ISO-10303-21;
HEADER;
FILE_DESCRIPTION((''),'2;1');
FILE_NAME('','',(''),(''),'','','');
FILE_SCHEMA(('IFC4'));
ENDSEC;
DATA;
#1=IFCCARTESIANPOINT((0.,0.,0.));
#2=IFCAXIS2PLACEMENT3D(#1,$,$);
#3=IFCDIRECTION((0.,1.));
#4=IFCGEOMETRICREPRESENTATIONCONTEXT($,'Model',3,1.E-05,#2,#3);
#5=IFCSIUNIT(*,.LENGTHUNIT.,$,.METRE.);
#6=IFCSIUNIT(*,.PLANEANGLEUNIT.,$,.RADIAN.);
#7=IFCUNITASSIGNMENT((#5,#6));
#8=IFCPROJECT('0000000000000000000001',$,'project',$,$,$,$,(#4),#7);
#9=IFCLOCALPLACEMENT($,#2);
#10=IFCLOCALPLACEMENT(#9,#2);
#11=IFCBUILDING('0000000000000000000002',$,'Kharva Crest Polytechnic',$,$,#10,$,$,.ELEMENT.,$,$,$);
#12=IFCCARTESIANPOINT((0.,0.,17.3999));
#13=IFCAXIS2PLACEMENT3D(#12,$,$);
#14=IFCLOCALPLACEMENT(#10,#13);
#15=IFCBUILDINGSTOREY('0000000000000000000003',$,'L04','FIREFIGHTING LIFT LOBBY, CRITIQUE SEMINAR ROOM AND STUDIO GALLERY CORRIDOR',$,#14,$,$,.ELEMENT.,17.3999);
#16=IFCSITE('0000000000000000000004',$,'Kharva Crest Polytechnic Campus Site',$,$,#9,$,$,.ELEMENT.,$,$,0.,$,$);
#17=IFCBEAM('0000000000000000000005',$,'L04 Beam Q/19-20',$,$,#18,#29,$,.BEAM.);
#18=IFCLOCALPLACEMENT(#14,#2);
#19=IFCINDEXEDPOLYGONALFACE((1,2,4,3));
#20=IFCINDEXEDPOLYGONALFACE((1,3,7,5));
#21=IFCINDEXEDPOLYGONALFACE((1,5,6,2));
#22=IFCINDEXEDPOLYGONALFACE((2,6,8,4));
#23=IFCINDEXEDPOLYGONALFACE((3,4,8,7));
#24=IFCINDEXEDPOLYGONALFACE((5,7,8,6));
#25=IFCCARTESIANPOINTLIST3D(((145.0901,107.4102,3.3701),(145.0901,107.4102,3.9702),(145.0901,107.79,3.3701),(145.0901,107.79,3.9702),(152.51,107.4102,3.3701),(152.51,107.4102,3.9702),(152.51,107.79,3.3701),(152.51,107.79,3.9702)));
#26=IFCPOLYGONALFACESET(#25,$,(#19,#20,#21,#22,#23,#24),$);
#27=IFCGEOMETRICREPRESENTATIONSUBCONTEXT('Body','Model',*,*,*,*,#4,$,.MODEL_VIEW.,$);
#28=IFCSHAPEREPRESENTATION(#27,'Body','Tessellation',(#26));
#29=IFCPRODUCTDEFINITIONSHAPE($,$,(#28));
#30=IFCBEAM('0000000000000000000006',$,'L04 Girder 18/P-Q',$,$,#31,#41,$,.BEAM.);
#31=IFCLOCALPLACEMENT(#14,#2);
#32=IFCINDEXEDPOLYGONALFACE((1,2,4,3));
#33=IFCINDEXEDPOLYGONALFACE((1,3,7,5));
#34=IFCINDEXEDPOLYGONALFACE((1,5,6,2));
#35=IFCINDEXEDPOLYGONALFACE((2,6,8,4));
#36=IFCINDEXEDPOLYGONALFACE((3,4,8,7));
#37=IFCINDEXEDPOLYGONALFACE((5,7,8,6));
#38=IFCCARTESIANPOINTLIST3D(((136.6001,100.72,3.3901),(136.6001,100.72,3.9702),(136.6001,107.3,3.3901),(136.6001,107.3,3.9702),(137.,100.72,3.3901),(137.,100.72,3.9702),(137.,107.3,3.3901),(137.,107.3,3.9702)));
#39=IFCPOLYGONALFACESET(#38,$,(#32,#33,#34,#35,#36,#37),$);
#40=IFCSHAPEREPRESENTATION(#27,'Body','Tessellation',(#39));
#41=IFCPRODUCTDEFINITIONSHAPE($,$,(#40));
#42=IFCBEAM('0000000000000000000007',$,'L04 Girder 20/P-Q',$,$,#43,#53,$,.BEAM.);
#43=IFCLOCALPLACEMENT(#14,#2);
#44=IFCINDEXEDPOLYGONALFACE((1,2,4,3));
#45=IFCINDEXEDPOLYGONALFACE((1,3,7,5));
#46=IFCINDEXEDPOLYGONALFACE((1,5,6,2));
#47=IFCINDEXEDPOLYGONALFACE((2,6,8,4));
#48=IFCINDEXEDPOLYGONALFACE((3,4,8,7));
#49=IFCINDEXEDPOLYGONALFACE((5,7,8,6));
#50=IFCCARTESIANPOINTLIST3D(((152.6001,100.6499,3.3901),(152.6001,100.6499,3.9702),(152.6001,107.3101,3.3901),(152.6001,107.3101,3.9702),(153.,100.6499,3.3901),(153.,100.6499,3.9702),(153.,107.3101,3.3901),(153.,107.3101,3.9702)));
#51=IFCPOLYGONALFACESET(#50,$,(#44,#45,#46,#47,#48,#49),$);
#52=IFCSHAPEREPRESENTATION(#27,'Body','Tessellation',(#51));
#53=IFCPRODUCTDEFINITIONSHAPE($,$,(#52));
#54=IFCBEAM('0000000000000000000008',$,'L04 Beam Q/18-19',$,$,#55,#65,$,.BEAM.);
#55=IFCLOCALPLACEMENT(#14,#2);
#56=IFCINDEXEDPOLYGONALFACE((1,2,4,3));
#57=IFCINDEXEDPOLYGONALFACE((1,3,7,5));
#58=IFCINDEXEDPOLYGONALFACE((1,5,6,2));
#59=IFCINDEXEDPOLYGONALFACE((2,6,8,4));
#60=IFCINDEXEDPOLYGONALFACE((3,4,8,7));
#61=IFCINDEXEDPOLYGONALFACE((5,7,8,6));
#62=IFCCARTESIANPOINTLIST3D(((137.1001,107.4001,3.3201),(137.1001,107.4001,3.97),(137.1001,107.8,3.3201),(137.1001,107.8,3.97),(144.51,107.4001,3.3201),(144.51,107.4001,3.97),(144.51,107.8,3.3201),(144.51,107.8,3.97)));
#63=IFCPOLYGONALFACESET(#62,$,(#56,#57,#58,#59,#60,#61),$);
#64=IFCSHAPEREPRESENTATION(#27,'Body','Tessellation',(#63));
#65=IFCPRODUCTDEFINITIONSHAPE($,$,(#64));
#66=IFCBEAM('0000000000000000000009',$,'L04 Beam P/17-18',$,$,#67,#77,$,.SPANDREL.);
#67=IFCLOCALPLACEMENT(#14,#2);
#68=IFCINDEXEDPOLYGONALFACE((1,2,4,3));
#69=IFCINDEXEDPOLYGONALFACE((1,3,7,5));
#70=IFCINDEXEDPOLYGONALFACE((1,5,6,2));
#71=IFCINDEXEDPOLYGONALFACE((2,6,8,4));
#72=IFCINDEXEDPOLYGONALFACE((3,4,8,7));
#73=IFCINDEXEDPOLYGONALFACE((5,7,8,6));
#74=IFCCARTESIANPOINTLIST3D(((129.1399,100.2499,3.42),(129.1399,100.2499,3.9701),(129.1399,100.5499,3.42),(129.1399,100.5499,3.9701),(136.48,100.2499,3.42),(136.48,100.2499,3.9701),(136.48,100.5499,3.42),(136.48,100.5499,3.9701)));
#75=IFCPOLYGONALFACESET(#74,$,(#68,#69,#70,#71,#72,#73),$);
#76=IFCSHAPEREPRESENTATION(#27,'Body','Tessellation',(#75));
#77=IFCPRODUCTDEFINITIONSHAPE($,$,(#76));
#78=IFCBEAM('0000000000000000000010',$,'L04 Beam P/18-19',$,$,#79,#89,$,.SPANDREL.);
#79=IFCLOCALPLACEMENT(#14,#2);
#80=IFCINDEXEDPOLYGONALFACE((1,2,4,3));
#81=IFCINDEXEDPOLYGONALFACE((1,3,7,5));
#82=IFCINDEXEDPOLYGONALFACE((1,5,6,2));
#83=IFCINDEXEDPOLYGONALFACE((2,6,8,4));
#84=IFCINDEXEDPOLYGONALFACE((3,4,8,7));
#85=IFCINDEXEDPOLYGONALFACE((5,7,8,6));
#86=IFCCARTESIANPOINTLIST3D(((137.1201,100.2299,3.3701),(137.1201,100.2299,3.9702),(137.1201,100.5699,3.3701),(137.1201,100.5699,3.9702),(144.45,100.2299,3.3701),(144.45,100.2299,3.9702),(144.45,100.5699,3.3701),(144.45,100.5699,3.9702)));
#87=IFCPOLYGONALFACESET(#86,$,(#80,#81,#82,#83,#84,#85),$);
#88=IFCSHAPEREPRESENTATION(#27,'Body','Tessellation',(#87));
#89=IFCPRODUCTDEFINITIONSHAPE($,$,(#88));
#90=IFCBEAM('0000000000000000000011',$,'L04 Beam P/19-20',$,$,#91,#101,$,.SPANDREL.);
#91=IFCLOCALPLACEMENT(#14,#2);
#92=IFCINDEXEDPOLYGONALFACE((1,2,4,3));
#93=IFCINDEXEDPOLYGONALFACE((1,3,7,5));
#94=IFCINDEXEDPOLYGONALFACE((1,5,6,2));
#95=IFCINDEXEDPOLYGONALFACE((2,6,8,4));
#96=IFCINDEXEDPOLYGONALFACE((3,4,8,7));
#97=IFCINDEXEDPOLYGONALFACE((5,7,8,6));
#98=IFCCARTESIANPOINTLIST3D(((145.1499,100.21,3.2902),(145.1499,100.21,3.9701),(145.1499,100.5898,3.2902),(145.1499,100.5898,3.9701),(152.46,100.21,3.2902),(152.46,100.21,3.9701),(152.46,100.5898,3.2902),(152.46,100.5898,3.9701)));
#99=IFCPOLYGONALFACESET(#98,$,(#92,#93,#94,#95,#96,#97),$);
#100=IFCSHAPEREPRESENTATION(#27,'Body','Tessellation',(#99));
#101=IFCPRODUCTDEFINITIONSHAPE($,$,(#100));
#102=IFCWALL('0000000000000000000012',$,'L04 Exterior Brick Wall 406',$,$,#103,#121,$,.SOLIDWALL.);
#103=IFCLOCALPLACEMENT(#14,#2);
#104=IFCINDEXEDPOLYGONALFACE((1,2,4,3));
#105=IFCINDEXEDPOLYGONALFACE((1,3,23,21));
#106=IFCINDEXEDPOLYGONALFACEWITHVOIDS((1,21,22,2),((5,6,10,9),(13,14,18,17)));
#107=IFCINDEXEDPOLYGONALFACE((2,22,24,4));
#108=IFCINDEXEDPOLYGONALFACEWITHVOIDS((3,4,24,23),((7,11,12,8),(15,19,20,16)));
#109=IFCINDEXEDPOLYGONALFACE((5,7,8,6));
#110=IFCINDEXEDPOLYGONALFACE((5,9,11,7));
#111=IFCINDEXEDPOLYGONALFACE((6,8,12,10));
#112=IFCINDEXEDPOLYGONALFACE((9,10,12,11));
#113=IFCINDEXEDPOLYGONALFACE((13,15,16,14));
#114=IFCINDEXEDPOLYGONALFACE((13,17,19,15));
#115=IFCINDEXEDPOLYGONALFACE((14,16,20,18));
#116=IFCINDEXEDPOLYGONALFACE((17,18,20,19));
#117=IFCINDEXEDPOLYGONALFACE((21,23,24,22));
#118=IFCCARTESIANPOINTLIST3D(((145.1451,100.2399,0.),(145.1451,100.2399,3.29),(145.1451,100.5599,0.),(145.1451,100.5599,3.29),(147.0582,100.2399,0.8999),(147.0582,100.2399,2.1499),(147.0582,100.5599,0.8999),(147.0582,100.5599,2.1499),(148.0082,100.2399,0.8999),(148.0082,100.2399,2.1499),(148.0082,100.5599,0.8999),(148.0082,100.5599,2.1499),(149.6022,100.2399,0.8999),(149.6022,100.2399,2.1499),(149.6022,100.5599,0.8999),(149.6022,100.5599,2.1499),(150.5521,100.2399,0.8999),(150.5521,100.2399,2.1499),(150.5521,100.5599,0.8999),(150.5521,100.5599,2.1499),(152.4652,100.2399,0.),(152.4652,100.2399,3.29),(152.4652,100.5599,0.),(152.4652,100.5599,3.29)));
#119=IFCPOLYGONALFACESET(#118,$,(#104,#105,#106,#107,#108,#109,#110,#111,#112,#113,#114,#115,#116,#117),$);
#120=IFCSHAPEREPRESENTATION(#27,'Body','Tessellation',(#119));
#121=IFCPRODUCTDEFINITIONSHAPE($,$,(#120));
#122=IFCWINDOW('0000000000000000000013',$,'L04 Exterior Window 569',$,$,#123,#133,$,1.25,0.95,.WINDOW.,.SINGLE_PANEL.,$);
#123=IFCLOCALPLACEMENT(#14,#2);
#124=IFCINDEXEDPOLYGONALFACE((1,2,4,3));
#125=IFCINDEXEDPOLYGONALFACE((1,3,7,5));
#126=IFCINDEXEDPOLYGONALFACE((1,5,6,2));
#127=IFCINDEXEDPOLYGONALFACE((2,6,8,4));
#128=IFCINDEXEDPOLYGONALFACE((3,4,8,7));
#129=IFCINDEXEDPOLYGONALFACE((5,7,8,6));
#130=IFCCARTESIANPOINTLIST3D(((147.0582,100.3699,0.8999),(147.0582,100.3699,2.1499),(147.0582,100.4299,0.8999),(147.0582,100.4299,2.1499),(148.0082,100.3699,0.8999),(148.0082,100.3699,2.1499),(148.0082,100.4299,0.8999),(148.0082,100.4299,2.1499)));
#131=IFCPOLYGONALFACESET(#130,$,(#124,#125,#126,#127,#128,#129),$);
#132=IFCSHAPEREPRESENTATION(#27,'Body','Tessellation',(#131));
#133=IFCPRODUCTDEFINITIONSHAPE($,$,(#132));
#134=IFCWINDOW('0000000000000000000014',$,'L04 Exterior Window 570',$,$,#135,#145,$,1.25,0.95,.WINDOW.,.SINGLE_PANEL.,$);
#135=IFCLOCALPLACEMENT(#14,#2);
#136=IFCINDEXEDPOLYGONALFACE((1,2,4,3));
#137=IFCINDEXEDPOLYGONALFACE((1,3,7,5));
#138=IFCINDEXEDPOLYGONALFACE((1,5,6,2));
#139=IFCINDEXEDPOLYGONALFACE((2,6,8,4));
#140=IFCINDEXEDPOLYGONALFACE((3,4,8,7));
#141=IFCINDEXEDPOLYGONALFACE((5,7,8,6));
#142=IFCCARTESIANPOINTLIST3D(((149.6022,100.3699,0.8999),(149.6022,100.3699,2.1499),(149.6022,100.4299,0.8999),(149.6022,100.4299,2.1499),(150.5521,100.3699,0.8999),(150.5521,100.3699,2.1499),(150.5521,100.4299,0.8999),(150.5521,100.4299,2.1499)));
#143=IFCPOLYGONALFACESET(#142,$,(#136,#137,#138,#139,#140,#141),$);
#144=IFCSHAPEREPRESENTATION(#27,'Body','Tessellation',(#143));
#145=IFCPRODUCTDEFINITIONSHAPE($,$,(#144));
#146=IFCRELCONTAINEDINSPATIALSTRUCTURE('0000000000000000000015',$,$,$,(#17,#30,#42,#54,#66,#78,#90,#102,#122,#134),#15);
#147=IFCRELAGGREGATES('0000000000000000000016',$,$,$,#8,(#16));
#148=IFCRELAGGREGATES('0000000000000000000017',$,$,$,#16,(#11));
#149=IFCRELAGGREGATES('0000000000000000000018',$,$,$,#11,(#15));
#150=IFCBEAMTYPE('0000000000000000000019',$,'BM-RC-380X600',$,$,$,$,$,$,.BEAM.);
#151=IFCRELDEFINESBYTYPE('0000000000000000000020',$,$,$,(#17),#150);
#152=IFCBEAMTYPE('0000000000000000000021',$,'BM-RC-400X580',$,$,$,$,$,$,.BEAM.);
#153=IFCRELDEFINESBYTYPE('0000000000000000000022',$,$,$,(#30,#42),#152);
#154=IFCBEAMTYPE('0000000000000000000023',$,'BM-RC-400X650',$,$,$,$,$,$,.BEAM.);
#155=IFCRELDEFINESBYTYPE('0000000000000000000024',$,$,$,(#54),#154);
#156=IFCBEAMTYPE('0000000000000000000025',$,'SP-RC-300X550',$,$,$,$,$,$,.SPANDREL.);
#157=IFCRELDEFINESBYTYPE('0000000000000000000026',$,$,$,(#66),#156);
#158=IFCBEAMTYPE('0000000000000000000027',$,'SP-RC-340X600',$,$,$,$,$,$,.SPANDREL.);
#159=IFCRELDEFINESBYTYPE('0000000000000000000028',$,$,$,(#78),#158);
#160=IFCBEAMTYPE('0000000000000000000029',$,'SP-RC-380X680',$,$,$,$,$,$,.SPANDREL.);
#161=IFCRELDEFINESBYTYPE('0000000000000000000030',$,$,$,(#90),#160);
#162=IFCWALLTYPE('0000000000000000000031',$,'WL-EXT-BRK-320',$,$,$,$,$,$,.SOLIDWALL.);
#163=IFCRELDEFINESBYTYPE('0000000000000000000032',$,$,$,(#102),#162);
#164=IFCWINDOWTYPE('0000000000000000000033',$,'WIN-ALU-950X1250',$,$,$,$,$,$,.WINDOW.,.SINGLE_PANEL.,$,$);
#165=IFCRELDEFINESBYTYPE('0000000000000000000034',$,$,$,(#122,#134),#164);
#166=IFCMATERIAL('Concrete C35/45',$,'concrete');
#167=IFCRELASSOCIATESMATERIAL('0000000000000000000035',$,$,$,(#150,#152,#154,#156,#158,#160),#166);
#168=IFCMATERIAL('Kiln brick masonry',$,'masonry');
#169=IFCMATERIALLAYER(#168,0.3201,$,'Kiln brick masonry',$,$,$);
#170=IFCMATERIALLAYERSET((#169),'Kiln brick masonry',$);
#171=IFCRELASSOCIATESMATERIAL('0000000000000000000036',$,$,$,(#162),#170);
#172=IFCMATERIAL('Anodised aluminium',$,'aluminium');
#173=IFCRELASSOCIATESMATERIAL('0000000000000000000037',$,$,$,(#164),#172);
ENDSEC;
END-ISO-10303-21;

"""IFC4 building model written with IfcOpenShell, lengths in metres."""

from ifc_helpers import new_model, si_unit, direction, frame, frame_2d, origin, origin_2d, place, context, subcontext, project, spatial, rectangle, extrude, material, layer, layer_set, material_profile, profile_set, type_object, element, fill, save


model = new_model("IFC4")

# Units and contexts
model_context = context("Model", 3, precision=1e-05, world=origin(), true_north=direction((0.0, 1.0)))
body_context = subcontext(model_context, "Body", "Model", "MODEL_VIEW")
ifc_project = project(units=[si_unit("LENGTHUNIT", "METRE"), si_unit("PLANEANGLEUNIT", "RADIAN")], contexts=[model_context])

# Site, building, storey
site_placement = place(None, origin())
site = spatial("IfcSite", under=ifc_project, at=site_placement, Name="Kharva Crest Polytechnic Campus Site", CompositionType="ELEMENT", RefElevation=0.0)
building_placement = place(site_placement, origin())
building = spatial("IfcBuilding", under=site, at=building_placement, Name="Kharva Crest Polytechnic", CompositionType="ELEMENT")
storey_placement = place(building_placement, frame((0.0, 0.0, 17.3999)))
storey = spatial("IfcBuildingStorey", under=building, at=storey_placement, Name="L04", Description="FIREFIGHTING LIFT LOBBY, CRITIQUE SEMINAR ROOM AND STUDIO GALLERY CORRIDOR", CompositionType="ELEMENT", Elevation=17.3999)

# Beams
ifc_material_1 = material(Name="Concrete C35/45", Category="concrete")
ifc_material_profile_1 = material_profile(ifc_material_1, rectangle(XDim=0.3799, YDim=0.6001, at=origin_2d()), Name="RECT 380 X 600")
ifc_profile_set_1 = profile_set([ifc_material_profile_1], Name="Concrete C35/45")
beam_type_1 = type_object("IfcBeamType", Name="BM-RC-380X600", PredefinedType="BEAM", material=ifc_profile_set_1)
beam_1_placement = place(storey_placement, frame((145.0901, 107.6001, 3.6702), z_axis=(1.0, 0.0, 0.0), x_axis=(0.0, 1.0, 0.0)))
element("IfcBeam", 1, at=beam_1_placement, inside=storey, type_object=beam_type_1, Name="L04 Beam Q/19-20", PredefinedType="BEAM", context=body_context, shape_type="SweptSolid", body=[
    extrude(rectangle(XDim=0.3799, YDim=0.6001, at=origin_2d()), origin(), (0.0, 0.0, 1.0), 7.4199),
])
ifc_material_profile_2 = material_profile(ifc_material_1, rectangle(XDim=0.3999, YDim=0.5801, at=origin_2d()), Name="RECT 400 X 580")
ifc_profile_set_2 = profile_set([ifc_material_profile_2], Name="Concrete C35/45")
beam_type_2 = type_object("IfcBeamType", Name="BM-RC-400X580", PredefinedType="BEAM", material=ifc_profile_set_2)
beam_2_placement = place(storey_placement, frame((136.8, 100.72, 3.6802), z_axis=(0.0, 1.0, 0.0), x_axis=(-1.0, 0.0, 0.0)))
element("IfcBeam", 2, at=beam_2_placement, inside=storey, type_object=beam_type_2, Name="L04 Girder 18/P-Q", PredefinedType="BEAM", context=body_context, shape_type="SweptSolid", body=[
    extrude(rectangle(XDim=0.3999, YDim=0.5801, at=origin_2d()), origin(), (0.0, 0.0, 1.0), 6.5801),
])
beam_3_placement = place(storey_placement, frame((152.8, 100.6499, 3.6802), z_axis=(0.0, 1.0, 0.0), x_axis=(-1.0, 0.0, 0.0)))
element("IfcBeam", 3, at=beam_3_placement, inside=storey, type_object=beam_type_2, Name="L04 Girder 20/P-Q", PredefinedType="BEAM", context=body_context, shape_type="SweptSolid", body=[
    extrude(rectangle(XDim=0.3999, YDim=0.5801, at=origin_2d()), origin(), (0.0, 0.0, 1.0), 6.6602),
])
ifc_material_profile_3 = material_profile(ifc_material_1, rectangle(XDim=0.3999, YDim=0.6499, at=origin_2d()), Name="RECT 400 X 650")
ifc_profile_set_3 = profile_set([ifc_material_profile_3], Name="Concrete C35/45")
beam_type_3 = type_object("IfcBeamType", Name="BM-RC-400X650", PredefinedType="BEAM", material=ifc_profile_set_3)
beam_4_placement = place(storey_placement, frame((137.1001, 107.6001, 3.645), z_axis=(1.0, 0.0, 0.0), x_axis=(0.0, 1.0, 0.0)))
element("IfcBeam", 4, at=beam_4_placement, inside=storey, type_object=beam_type_3, Name="L04 Beam Q/18-19", PredefinedType="BEAM", context=body_context, shape_type="SweptSolid", body=[
    extrude(rectangle(XDim=0.3999, YDim=0.6499, at=origin_2d()), origin(), (0.0, 0.0, 1.0), 7.4099),
])
ifc_material_profile_4 = material_profile(ifc_material_1, rectangle(XDim=0.3, YDim=0.55, at=origin_2d()), Name="RECT 300 X 550")
ifc_profile_set_4 = profile_set([ifc_material_profile_4], Name="Concrete C35/45")
beam_type_4 = type_object("IfcBeamType", Name="SP-RC-300X550", PredefinedType="SPANDREL", material=ifc_profile_set_4)
beam_5_placement = place(storey_placement, frame((129.1399, 100.3999, 3.6951), z_axis=(1.0, 0.0, 0.0), x_axis=(0.0, 1.0, 0.0)))
element("IfcBeam", 5, at=beam_5_placement, inside=storey, type_object=beam_type_4, Name="L04 Beam P/17-18", PredefinedType="SPANDREL", context=body_context, shape_type="SweptSolid", body=[
    extrude(rectangle(XDim=0.3, YDim=0.55, at=origin_2d()), origin(), (0.0, 0.0, 1.0), 7.3401),
])
ifc_material_profile_5 = material_profile(ifc_material_1, rectangle(XDim=0.3401, YDim=0.6001, at=origin_2d()), Name="RECT 340 X 600")
ifc_profile_set_5 = profile_set([ifc_material_profile_5], Name="Concrete C35/45")
beam_type_5 = type_object("IfcBeamType", Name="SP-RC-340X600", PredefinedType="SPANDREL", material=ifc_profile_set_5)
beam_6_placement = place(storey_placement, frame((137.1201, 100.3999, 3.6702), z_axis=(1.0, 0.0, 0.0), x_axis=(0.0, 1.0, 0.0)))
element("IfcBeam", 6, at=beam_6_placement, inside=storey, type_object=beam_type_5, Name="L04 Beam P/18-19", PredefinedType="SPANDREL", context=body_context, shape_type="SweptSolid", body=[
    extrude(rectangle(XDim=0.3401, YDim=0.6001, at=origin_2d()), origin(), (0.0, 0.0, 1.0), 7.3298),
])
ifc_material_profile_6 = material_profile(ifc_material_1, rectangle(XDim=0.3799, YDim=0.6799, at=origin_2d()), Name="RECT 380 X 680")
ifc_profile_set_6 = profile_set([ifc_material_profile_6], Name="Concrete C35/45")
beam_type_6 = type_object("IfcBeamType", Name="SP-RC-380X680", PredefinedType="SPANDREL", material=ifc_profile_set_6)
beam_7_placement = place(storey_placement, frame((145.1499, 100.3999, 3.6301), z_axis=(1.0, 0.0, 0.0), x_axis=(0.0, 1.0, 0.0)))
element("IfcBeam", 7, at=beam_7_placement, inside=storey, type_object=beam_type_6, Name="L04 Beam P/19-20", PredefinedType="SPANDREL", context=body_context, shape_type="SweptSolid", body=[
    extrude(rectangle(XDim=0.3799, YDim=0.6799, at=origin_2d()), origin(), (0.0, 0.0, 1.0), 7.3101),
])

# Wall, openings, windows
ifc_material_2 = material(Name="Kiln brick masonry", Category="masonry")
ifc_layer_1 = layer(ifc_material_2, 0.3201, Name="Kiln brick masonry")
ifc_layer_set_1 = layer_set([ifc_layer_1], Name="Kiln brick masonry")
wall_type_1 = type_object("IfcWallType", Name="WL-EXT-BRK-320", PredefinedType="SOLIDWALL", material=ifc_layer_set_1)
wall_1_placement = place(storey_placement, frame((145.145, 100.3999, 0.0), z_axis=(0.0, 0.0, 1.0), x_axis=(1.0, 0.0, 0.0)))
wall_1 = element("IfcWall", 8, at=wall_1_placement, inside=storey, type_object=wall_type_1, Name="L04 Exterior Brick Wall 406", PredefinedType="SOLIDWALL", context=body_context, shape_type="SweptSolid", body=[
    extrude(rectangle(XDim=7.3201, YDim=0.3201, at=frame_2d((3.6602, 0.0))), origin(), (0.0, 0.0, 1.0), 3.29),
])
opening_1_placement = place(wall_1_placement, frame((1.9131, 0.0, 0.8999)))
opening_1 = element("IfcOpeningElement", 9, at=opening_1_placement, cuts=wall_1, PredefinedType="OPENING", context=body_context, shape_type="SweptSolid", body=[
    extrude(rectangle(XDim=0.95, YDim=1.25, at=frame_2d((0.4751, 0.625))), frame((0.0, 0.1699, 0.0), z_axis=(0.0, -1.0, 0.0), x_axis=(1.0, 0.0, 0.0)), (0.0, 0.0, 1.0), 0.3401),
])
opening_2_placement = place(wall_1_placement, frame((4.457, 0.0, 0.8999)))
opening_2 = element("IfcOpeningElement", 10, at=opening_2_placement, cuts=wall_1, PredefinedType="OPENING", context=body_context, shape_type="SweptSolid", body=[
    extrude(rectangle(XDim=0.95, YDim=1.25, at=frame_2d((0.4751, 0.625))), frame((0.0, 0.1699, 0.0), z_axis=(0.0, -1.0, 0.0), x_axis=(1.0, 0.0, 0.0)), (0.0, 0.0, 1.0), 0.3401),
])
ifc_material_3 = material(Name="Anodised aluminium", Category="aluminium")
window_type_1 = type_object("IfcWindowType", Name="WIN-ALU-950X1250", PartitioningType="SINGLE_PANEL", PredefinedType="WINDOW", material=ifc_material_3)
window_1_placement = place(opening_1_placement, origin())
window_1 = element("IfcWindow", 11, at=window_1_placement, inside=storey, type_object=window_type_1, Name="L04 Exterior Window 569", OverallHeight=1.25, OverallWidth=0.95, PartitioningType="SINGLE_PANEL", PredefinedType="WINDOW", context=body_context, shape_type="SweptSolid", body=[
    extrude(rectangle(XDim=0.95, YDim=1.25, at=frame_2d((0.4751, 0.625))), frame((0.0, 0.03, 0.0), z_axis=(0.0, -1.0, 0.0), x_axis=(1.0, 0.0, 0.0)), (0.0, 0.0, 1.0), 0.0601),
])
fill(opening_1, window_1)
window_2_placement = place(opening_2_placement, origin())
window_2 = element("IfcWindow", 12, at=window_2_placement, inside=storey, type_object=window_type_1, Name="L04 Exterior Window 570", OverallHeight=1.25, OverallWidth=0.95, PartitioningType="SINGLE_PANEL", PredefinedType="WINDOW", context=body_context, shape_type="SweptSolid", body=[
    extrude(rectangle(XDim=0.95, YDim=1.25, at=frame_2d((0.4751, 0.625))), frame((0.0, 0.03, 0.0), z_axis=(0.0, -1.0, 0.0), x_axis=(1.0, 0.0, 0.0)), (0.0, 0.0, 1.0), 0.0601),
])
fill(opening_2, window_2)

save(model, "model.ifc")
